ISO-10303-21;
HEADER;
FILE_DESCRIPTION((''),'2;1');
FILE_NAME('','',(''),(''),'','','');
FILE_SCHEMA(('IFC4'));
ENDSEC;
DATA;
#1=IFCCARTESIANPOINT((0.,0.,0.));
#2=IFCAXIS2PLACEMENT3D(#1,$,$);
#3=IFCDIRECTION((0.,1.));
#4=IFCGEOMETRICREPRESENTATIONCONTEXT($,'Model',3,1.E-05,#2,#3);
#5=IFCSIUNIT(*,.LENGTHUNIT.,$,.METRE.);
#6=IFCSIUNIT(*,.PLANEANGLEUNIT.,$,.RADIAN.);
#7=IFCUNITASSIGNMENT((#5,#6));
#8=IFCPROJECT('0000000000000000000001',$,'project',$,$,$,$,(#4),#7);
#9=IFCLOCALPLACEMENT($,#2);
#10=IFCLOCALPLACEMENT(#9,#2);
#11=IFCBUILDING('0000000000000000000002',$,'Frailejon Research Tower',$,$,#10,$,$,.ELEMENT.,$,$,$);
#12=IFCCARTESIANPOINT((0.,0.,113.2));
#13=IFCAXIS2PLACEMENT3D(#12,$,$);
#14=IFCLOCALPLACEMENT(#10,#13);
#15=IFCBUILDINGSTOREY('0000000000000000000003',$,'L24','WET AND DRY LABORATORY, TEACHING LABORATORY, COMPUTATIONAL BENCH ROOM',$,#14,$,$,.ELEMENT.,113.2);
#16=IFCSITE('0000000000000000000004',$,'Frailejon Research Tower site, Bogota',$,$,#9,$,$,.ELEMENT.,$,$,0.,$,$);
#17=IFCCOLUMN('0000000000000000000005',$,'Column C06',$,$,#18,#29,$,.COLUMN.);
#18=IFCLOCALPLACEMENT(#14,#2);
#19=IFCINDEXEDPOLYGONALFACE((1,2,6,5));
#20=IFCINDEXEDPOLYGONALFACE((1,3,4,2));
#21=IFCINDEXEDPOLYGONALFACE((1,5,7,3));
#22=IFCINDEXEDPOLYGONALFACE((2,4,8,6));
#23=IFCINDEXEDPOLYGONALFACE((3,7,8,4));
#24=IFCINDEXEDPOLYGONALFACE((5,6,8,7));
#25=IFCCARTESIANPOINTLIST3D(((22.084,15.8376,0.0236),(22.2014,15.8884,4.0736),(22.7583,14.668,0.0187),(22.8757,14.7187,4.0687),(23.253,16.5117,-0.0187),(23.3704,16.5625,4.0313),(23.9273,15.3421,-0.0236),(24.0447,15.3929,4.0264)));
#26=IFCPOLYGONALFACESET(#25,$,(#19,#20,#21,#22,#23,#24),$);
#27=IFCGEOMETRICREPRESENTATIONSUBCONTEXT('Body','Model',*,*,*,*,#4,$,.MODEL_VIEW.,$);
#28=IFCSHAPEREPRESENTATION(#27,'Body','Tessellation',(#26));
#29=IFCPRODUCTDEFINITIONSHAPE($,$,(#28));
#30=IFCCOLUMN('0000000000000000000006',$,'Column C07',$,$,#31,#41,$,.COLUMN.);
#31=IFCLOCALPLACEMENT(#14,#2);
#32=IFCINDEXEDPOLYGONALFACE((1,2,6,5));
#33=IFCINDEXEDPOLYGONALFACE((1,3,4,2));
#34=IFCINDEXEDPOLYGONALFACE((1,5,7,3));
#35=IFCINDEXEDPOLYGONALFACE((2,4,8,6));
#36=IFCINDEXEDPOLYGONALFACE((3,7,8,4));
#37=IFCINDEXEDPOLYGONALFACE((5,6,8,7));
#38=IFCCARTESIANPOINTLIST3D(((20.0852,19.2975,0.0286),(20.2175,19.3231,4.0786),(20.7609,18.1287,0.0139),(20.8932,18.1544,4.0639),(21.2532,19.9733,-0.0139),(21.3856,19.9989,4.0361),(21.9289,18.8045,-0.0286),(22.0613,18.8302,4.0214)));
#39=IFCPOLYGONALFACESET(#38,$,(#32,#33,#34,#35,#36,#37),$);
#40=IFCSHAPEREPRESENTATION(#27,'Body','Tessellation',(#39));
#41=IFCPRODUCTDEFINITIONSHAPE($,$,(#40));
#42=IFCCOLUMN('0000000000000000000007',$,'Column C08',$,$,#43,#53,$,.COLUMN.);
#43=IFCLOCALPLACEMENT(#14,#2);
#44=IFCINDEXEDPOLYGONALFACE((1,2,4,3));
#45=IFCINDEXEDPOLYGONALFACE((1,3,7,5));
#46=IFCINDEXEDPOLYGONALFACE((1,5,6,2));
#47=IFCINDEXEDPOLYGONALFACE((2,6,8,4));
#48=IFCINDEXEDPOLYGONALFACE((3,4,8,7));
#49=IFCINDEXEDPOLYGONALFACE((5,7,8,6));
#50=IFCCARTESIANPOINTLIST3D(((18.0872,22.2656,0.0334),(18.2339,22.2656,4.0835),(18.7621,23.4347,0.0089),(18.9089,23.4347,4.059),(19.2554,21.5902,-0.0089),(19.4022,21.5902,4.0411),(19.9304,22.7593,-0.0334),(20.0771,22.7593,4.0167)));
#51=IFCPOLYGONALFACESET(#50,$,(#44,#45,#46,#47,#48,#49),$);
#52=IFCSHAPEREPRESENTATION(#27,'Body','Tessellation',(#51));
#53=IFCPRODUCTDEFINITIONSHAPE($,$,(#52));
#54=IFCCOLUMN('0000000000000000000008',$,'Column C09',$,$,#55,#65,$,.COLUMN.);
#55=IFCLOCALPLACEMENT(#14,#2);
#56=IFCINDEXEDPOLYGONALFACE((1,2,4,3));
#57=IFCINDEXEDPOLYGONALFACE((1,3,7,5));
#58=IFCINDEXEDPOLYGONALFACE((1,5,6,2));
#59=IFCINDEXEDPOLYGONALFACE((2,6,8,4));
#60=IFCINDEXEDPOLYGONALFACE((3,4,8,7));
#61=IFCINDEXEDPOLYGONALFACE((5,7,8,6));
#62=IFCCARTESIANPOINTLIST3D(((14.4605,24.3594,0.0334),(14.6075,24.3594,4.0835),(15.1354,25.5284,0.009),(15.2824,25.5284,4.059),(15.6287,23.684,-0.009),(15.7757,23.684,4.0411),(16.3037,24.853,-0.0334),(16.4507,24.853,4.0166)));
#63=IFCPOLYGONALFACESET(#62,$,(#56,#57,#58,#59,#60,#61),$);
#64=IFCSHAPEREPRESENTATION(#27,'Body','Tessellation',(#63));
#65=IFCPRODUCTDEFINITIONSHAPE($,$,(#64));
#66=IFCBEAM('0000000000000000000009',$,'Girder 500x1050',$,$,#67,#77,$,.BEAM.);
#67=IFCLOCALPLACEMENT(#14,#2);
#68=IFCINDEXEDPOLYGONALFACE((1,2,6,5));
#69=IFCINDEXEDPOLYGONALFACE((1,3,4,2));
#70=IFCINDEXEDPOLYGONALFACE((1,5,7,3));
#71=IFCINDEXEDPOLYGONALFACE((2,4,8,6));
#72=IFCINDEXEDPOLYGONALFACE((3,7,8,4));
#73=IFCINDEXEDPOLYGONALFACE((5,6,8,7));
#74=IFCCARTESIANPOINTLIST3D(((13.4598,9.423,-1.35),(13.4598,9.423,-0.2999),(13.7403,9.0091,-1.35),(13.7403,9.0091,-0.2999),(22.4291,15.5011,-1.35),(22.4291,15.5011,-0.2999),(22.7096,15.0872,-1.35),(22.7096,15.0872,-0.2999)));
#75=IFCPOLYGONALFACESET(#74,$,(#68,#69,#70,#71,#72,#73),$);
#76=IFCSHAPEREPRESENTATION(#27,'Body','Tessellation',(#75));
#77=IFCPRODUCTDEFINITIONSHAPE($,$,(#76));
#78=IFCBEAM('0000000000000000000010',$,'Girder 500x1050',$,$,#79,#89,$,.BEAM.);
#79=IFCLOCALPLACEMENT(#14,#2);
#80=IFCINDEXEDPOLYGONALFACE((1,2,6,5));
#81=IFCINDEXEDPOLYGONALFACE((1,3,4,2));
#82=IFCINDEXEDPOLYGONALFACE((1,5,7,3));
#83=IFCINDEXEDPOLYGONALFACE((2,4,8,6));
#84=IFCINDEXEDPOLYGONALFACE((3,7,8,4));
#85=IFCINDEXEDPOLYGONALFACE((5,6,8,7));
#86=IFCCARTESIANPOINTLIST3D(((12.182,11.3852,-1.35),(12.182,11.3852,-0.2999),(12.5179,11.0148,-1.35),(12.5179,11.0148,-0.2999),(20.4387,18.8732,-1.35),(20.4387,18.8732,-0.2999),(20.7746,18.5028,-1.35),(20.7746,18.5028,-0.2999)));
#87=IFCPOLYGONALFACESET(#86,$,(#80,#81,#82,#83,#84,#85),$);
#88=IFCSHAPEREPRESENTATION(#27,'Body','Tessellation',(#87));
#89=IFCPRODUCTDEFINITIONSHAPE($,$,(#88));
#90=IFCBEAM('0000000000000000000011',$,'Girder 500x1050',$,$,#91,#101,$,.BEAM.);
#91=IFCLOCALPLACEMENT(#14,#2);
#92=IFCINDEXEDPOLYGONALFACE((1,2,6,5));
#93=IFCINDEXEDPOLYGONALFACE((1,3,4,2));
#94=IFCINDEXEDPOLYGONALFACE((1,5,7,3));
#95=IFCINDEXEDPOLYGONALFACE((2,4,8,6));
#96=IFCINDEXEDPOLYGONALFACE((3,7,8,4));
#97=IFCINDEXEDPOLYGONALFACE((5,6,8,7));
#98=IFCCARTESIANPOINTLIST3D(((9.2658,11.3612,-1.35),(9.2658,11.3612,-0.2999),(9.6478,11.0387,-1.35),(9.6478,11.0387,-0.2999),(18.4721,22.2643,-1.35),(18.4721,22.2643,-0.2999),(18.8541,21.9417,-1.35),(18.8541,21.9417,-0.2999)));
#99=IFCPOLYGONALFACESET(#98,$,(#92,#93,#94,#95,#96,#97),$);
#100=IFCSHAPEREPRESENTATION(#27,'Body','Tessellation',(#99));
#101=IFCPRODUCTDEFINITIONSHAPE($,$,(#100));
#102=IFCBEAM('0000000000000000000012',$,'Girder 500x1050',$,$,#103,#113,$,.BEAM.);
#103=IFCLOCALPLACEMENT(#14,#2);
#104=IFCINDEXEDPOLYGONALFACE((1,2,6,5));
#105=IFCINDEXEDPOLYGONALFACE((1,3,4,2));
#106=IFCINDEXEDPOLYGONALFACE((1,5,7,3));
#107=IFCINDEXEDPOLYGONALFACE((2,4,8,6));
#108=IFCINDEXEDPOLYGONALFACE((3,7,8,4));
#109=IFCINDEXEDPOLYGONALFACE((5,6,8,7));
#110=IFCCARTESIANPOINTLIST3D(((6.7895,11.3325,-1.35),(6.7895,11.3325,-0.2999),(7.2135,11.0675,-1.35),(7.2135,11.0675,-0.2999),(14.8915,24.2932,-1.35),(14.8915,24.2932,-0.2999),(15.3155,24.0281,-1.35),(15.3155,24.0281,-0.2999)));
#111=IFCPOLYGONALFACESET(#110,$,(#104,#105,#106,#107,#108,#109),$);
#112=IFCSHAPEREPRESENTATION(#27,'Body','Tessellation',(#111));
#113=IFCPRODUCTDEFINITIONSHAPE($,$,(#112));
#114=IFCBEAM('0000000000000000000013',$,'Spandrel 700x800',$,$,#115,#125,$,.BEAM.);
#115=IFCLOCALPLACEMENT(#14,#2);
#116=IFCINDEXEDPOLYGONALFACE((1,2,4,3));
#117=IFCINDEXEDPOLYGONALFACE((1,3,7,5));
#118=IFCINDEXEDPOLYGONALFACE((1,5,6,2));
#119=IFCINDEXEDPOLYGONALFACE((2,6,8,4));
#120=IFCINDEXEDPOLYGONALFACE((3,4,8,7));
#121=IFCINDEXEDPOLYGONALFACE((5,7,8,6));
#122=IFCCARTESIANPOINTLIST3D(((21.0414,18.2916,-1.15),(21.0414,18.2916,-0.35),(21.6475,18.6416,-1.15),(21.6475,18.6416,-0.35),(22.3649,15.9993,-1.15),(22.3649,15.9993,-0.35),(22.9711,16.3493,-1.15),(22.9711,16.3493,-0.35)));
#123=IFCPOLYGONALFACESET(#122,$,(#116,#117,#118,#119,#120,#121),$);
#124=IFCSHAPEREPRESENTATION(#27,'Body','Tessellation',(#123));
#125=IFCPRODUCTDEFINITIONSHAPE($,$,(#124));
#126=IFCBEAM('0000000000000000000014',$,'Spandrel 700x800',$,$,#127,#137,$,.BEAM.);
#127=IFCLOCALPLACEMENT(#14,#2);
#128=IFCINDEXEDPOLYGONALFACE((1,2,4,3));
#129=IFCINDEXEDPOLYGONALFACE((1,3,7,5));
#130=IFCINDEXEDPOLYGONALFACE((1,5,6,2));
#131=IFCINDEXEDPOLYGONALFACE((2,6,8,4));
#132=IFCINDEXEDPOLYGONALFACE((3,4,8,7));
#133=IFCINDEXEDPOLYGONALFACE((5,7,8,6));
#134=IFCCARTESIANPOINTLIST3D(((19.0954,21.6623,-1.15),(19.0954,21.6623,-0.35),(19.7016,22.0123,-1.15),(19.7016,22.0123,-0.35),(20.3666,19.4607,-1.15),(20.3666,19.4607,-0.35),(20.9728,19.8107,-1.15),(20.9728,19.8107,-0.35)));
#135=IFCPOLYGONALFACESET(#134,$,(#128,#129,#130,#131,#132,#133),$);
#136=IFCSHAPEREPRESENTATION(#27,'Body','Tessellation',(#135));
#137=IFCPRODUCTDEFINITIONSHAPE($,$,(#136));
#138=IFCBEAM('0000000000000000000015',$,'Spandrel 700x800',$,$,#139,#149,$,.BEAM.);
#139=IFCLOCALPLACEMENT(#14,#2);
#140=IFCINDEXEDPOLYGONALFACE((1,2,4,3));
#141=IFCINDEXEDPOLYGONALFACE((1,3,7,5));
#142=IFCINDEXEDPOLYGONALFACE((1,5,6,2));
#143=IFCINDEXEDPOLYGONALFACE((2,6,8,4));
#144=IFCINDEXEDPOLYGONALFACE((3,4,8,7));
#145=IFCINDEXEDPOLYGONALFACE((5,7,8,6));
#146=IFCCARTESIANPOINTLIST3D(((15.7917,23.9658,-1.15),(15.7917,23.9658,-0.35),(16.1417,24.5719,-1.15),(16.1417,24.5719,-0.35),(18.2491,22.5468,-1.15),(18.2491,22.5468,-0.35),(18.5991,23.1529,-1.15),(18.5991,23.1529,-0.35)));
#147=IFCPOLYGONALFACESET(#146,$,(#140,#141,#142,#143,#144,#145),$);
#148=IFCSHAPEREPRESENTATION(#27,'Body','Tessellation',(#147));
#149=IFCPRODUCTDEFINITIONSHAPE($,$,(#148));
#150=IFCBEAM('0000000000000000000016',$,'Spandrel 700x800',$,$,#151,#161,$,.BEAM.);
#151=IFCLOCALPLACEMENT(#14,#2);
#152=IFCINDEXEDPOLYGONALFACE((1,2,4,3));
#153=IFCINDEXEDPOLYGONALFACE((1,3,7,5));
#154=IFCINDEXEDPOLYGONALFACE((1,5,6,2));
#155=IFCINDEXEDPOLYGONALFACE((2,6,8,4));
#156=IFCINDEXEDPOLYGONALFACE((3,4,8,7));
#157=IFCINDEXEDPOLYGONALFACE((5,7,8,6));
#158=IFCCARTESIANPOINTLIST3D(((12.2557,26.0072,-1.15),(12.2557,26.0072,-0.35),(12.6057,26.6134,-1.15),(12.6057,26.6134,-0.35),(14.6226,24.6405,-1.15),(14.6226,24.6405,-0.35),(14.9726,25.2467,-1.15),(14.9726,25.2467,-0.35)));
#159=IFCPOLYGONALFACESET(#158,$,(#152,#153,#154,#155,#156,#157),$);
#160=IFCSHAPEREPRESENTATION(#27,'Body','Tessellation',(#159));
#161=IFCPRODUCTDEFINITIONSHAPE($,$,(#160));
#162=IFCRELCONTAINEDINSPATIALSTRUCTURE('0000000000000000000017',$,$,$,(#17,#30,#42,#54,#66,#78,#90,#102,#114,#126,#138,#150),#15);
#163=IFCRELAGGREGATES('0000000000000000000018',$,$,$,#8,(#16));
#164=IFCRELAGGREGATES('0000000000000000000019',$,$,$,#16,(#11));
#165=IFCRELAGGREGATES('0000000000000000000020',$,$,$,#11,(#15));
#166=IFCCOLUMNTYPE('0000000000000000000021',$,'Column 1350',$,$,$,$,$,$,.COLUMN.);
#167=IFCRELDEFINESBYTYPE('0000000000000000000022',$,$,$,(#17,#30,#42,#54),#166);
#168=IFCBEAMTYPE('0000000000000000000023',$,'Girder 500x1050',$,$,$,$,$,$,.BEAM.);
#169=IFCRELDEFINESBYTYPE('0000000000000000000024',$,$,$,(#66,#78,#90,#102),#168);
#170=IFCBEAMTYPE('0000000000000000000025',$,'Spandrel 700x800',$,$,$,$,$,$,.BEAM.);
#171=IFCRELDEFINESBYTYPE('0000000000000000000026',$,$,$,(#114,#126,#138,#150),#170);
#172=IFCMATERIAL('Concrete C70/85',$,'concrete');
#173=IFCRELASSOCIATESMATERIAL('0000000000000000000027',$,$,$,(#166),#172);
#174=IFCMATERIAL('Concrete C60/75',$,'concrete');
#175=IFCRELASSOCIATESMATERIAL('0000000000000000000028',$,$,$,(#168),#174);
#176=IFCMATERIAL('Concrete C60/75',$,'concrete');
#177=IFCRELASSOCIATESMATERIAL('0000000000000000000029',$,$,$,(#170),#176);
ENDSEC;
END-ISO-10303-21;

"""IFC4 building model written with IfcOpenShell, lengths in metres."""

from ifc_helpers import new_model, si_unit, direction, frame, origin, origin_2d, place, context, subcontext, project, spatial, rectangle, extrude, material, material_profile, profile_set, type_object, element, save


model = new_model("IFC4")

# Units and contexts
model_context = context("Model", 3, precision=1e-05, world=origin(), true_north=direction((0.0, 1.0)))
body_context = subcontext(model_context, "Body", "Model", "MODEL_VIEW")
ifc_project = project(units=[si_unit("LENGTHUNIT", "METRE"), si_unit("PLANEANGLEUNIT", "RADIAN")], contexts=[model_context])

# Site, building, storey
site_placement = place(None, origin())
site = spatial("IfcSite", under=ifc_project, at=site_placement, Name="Frailejon Research Tower site, Bogota", CompositionType="ELEMENT", RefElevation=0.0)
building_placement = place(site_placement, origin())
building = spatial("IfcBuilding", under=site, at=building_placement, Name="Frailejon Research Tower", CompositionType="ELEMENT")
storey_placement = place(building_placement, frame((0.0, 0.0, 113.2)))
storey = spatial("IfcBuildingStorey", under=building, at=storey_placement, Name="L24", Description="WET AND DRY LABORATORY, TEACHING LABORATORY, COMPUTATIONAL BENCH ROOM", CompositionType="ELEMENT", Elevation=113.2)

# Columns
ifc_material_1 = material(Name="Concrete C70/85", Category="concrete")
ifc_material_profile_1 = material_profile(ifc_material_1, rectangle(XDim=1.3501, YDim=1.3501, at=origin_2d()), Name="Column 1350")
ifc_profile_set_1 = profile_set([ifc_material_profile_1], Name="Concrete C70/85")
column_type = type_object("IfcColumnType", Name="Column 1350", PredefinedType="COLUMN", material=ifc_profile_set_1)
column_1_placement = place(storey_placement, frame((23.0056, 15.5898, 0.0), z_axis=(0.028981, 0.012532, 0.999501), x_axis=(-0.49945, 0.866335, 0.003619)))
element("IfcColumn", 1, at=column_1_placement, inside=storey, type_object=column_type, Name="Column C06", PredefinedType="COLUMN", context=body_context, shape_type="SweptSolid", body=[
    extrude(rectangle(XDim=1.3501, YDim=1.3501, at=origin_2d()), origin(), (0.0, 0.0, 1.0), 4.052),
])
column_2_placement = place(storey_placement, frame((21.0071, 19.051, 0.0), z_axis=(0.032654, 0.006326, 0.999447), x_axis=(-0.500479, 0.865681, 0.010872)))
element("IfcColumn", 2, at=column_2_placement, inside=storey, type_object=column_type, Name="Column C07", PredefinedType="COLUMN", context=body_context, shape_type="SweptSolid", body=[
    extrude(rectangle(XDim=1.3501, YDim=1.3501, at=origin_2d()), origin(), (0.0, 0.0, 1.0), 4.0522),
])
for number, where, z_axis, x_axis, name in (
    (3, (19.0088, 22.5125, 0.0), (0.036205, 0.0, 0.999344), (-0.865315, 0.500246, 0.031349), "Column C08"),
    (4, (15.3821, 24.6062, 0.0), (0.036265, 0.0, 0.999342), (-0.865314, 0.500246, 0.031401), "Column C09"),
):
    element("IfcColumn", number, at=place(storey_placement, frame(where, z_axis=z_axis, x_axis=x_axis)), inside=storey, type_object=column_type, Name=name, PredefinedType="COLUMN", context=body_context, shape_type="SweptSolid", body=[
        extrude(rectangle(XDim=1.3501, YDim=1.3501, at=origin_2d()), origin(), (0.0, 0.0, 1.0), 4.0527),
    ])

# Beams
ifc_material_2 = material(Name="Concrete C60/75", Category="concrete")
ifc_material_profile_2 = material_profile(ifc_material_2, rectangle(XDim=0.5, YDim=1.05, at=origin_2d()), Name="Girder 500x1050")
ifc_profile_set_2 = profile_set([ifc_material_profile_2], Name="Concrete C60/75")
beam_type_1 = type_object("IfcBeamType", Name="Girder 500x1050", PredefinedType="BEAM", material=ifc_profile_set_2)
beam_1_placement = place(storey_placement, frame((22.5693, 15.2942, -0.825), z_axis=(-0.827825, -0.560987, 0.0), x_axis=(0.560987, -0.827825, 0.0)))
element("IfcBeam", 5, at=beam_1_placement, inside=storey, type_object=beam_type_1, Name="Girder 500x1050", PredefinedType="BEAM", context=body_context, shape_type="SweptSolid", body=[
    extrude(rectangle(XDim=0.5, YDim=1.05, at=origin_2d()), origin(), (0.0, 0.0, 1.0), 10.8347),
])
beam_2_placement = place(storey_placement, frame((20.6067, 18.688, -0.825), z_axis=(-0.740751, -0.671779, 0.0), x_axis=(0.671779, -0.740751, 0.0)))
element("IfcBeam", 6, at=beam_2_placement, inside=storey, type_object=beam_type_1, Name="Girder 500x1050", PredefinedType="BEAM", context=body_context, shape_type="SweptSolid", body=[
    extrude(rectangle(XDim=0.5, YDim=1.05, at=origin_2d()), origin(), (0.0, 0.0, 1.0), 11.1465),
])
beam_3_placement = place(storey_placement, frame((18.6631, 22.103, -0.825), z_axis=(-0.64515, -0.764056, 0.0), x_axis=(0.764056, -0.64515, 0.0)))
element("IfcBeam", 7, at=beam_3_placement, inside=storey, type_object=beam_type_1, Name="Girder 500x1050", PredefinedType="BEAM", context=body_context, shape_type="SweptSolid", body=[
    extrude(rectangle(XDim=0.5, YDim=1.05, at=origin_2d()), origin(), (0.0, 0.0, 1.0), 14.27),
])
beam_4_placement = place(storey_placement, frame((15.1035, 24.1606, -0.825), z_axis=(-0.530075, -0.847951, 0.0), x_axis=(0.847951, -0.530075, 0.0)))
element("IfcBeam", 8, at=beam_4_placement, inside=storey, type_object=beam_type_1, Name="Girder 500x1050", PredefinedType="BEAM", context=body_context, shape_type="SweptSolid", body=[
    extrude(rectangle(XDim=0.5, YDim=1.05, at=origin_2d()), origin(), (0.0, 0.0, 1.0), 15.2847),
])
ifc_material_3 = material(Name="Concrete C60/75", Category="concrete")
ifc_material_profile_3 = material_profile(ifc_material_3, rectangle(XDim=0.7, YDim=0.8, at=origin_2d()), Name="Spandrel 700x800")
ifc_profile_set_3 = profile_set([ifc_material_profile_3], Name="Concrete C60/75")
beam_type_2 = type_object("IfcBeamType", Name="Spandrel 700x800", PredefinedType="BEAM", material=ifc_profile_set_3)
beam_5_placement = place(storey_placement, frame((22.668, 16.1743, -0.75), z_axis=(-0.500018, 0.866015, 0.0), x_axis=(-0.866015, -0.500018, 0.0)))
element("IfcBeam", 9, at=beam_5_placement, inside=storey, type_object=beam_type_2, Name="Spandrel 700x800", PredefinedType="BEAM", context=body_context, shape_type="SweptSolid", body=[
    extrude(rectangle(XDim=0.7, YDim=0.8, at=origin_2d()), origin(), (0.0, 0.0, 1.0), 2.647),
])
beam_6_placement = place(storey_placement, frame((20.6697, 19.6357, -0.75), z_axis=(-0.500033, 0.866006, 0.0), x_axis=(-0.866006, -0.500033, 0.0)))
element("IfcBeam", 10, at=beam_6_placement, inside=storey, type_object=beam_type_2, Name="Spandrel 700x800", PredefinedType="BEAM", context=body_context, shape_type="SweptSolid", body=[
    extrude(rectangle(XDim=0.7, YDim=0.8, at=origin_2d()), origin(), (0.0, 0.0, 1.0), 2.5422),
])
beam_7_placement = place(storey_placement, frame((18.4241, 22.8499, -0.75), z_axis=(-0.865989, 0.500063, 0.0), x_axis=(-0.500063, -0.865989, 0.0)))
element("IfcBeam", 11, at=beam_7_placement, inside=storey, type_object=beam_type_2, Name="Spandrel 700x800", PredefinedType="BEAM", context=body_context, shape_type="SweptSolid", body=[
    extrude(rectangle(XDim=0.7, YDim=0.8, at=origin_2d()), origin(), (0.0, 0.0, 1.0), 2.8376),
])
beam_8_placement = place(storey_placement, frame((14.7976, 24.9436, -0.75), z_axis=(-0.866003, 0.500039, 0.0), x_axis=(-0.500039, -0.866003, 0.0)))
element("IfcBeam", 12, at=beam_8_placement, inside=storey, type_object=beam_type_2, Name="Spandrel 700x800", PredefinedType="BEAM", context=body_context, shape_type="SweptSolid", body=[
    extrude(rectangle(XDim=0.7, YDim=0.8, at=origin_2d()), origin(), (0.0, 0.0, 1.0), 2.7332),
])

save(model, "model.ifc")
